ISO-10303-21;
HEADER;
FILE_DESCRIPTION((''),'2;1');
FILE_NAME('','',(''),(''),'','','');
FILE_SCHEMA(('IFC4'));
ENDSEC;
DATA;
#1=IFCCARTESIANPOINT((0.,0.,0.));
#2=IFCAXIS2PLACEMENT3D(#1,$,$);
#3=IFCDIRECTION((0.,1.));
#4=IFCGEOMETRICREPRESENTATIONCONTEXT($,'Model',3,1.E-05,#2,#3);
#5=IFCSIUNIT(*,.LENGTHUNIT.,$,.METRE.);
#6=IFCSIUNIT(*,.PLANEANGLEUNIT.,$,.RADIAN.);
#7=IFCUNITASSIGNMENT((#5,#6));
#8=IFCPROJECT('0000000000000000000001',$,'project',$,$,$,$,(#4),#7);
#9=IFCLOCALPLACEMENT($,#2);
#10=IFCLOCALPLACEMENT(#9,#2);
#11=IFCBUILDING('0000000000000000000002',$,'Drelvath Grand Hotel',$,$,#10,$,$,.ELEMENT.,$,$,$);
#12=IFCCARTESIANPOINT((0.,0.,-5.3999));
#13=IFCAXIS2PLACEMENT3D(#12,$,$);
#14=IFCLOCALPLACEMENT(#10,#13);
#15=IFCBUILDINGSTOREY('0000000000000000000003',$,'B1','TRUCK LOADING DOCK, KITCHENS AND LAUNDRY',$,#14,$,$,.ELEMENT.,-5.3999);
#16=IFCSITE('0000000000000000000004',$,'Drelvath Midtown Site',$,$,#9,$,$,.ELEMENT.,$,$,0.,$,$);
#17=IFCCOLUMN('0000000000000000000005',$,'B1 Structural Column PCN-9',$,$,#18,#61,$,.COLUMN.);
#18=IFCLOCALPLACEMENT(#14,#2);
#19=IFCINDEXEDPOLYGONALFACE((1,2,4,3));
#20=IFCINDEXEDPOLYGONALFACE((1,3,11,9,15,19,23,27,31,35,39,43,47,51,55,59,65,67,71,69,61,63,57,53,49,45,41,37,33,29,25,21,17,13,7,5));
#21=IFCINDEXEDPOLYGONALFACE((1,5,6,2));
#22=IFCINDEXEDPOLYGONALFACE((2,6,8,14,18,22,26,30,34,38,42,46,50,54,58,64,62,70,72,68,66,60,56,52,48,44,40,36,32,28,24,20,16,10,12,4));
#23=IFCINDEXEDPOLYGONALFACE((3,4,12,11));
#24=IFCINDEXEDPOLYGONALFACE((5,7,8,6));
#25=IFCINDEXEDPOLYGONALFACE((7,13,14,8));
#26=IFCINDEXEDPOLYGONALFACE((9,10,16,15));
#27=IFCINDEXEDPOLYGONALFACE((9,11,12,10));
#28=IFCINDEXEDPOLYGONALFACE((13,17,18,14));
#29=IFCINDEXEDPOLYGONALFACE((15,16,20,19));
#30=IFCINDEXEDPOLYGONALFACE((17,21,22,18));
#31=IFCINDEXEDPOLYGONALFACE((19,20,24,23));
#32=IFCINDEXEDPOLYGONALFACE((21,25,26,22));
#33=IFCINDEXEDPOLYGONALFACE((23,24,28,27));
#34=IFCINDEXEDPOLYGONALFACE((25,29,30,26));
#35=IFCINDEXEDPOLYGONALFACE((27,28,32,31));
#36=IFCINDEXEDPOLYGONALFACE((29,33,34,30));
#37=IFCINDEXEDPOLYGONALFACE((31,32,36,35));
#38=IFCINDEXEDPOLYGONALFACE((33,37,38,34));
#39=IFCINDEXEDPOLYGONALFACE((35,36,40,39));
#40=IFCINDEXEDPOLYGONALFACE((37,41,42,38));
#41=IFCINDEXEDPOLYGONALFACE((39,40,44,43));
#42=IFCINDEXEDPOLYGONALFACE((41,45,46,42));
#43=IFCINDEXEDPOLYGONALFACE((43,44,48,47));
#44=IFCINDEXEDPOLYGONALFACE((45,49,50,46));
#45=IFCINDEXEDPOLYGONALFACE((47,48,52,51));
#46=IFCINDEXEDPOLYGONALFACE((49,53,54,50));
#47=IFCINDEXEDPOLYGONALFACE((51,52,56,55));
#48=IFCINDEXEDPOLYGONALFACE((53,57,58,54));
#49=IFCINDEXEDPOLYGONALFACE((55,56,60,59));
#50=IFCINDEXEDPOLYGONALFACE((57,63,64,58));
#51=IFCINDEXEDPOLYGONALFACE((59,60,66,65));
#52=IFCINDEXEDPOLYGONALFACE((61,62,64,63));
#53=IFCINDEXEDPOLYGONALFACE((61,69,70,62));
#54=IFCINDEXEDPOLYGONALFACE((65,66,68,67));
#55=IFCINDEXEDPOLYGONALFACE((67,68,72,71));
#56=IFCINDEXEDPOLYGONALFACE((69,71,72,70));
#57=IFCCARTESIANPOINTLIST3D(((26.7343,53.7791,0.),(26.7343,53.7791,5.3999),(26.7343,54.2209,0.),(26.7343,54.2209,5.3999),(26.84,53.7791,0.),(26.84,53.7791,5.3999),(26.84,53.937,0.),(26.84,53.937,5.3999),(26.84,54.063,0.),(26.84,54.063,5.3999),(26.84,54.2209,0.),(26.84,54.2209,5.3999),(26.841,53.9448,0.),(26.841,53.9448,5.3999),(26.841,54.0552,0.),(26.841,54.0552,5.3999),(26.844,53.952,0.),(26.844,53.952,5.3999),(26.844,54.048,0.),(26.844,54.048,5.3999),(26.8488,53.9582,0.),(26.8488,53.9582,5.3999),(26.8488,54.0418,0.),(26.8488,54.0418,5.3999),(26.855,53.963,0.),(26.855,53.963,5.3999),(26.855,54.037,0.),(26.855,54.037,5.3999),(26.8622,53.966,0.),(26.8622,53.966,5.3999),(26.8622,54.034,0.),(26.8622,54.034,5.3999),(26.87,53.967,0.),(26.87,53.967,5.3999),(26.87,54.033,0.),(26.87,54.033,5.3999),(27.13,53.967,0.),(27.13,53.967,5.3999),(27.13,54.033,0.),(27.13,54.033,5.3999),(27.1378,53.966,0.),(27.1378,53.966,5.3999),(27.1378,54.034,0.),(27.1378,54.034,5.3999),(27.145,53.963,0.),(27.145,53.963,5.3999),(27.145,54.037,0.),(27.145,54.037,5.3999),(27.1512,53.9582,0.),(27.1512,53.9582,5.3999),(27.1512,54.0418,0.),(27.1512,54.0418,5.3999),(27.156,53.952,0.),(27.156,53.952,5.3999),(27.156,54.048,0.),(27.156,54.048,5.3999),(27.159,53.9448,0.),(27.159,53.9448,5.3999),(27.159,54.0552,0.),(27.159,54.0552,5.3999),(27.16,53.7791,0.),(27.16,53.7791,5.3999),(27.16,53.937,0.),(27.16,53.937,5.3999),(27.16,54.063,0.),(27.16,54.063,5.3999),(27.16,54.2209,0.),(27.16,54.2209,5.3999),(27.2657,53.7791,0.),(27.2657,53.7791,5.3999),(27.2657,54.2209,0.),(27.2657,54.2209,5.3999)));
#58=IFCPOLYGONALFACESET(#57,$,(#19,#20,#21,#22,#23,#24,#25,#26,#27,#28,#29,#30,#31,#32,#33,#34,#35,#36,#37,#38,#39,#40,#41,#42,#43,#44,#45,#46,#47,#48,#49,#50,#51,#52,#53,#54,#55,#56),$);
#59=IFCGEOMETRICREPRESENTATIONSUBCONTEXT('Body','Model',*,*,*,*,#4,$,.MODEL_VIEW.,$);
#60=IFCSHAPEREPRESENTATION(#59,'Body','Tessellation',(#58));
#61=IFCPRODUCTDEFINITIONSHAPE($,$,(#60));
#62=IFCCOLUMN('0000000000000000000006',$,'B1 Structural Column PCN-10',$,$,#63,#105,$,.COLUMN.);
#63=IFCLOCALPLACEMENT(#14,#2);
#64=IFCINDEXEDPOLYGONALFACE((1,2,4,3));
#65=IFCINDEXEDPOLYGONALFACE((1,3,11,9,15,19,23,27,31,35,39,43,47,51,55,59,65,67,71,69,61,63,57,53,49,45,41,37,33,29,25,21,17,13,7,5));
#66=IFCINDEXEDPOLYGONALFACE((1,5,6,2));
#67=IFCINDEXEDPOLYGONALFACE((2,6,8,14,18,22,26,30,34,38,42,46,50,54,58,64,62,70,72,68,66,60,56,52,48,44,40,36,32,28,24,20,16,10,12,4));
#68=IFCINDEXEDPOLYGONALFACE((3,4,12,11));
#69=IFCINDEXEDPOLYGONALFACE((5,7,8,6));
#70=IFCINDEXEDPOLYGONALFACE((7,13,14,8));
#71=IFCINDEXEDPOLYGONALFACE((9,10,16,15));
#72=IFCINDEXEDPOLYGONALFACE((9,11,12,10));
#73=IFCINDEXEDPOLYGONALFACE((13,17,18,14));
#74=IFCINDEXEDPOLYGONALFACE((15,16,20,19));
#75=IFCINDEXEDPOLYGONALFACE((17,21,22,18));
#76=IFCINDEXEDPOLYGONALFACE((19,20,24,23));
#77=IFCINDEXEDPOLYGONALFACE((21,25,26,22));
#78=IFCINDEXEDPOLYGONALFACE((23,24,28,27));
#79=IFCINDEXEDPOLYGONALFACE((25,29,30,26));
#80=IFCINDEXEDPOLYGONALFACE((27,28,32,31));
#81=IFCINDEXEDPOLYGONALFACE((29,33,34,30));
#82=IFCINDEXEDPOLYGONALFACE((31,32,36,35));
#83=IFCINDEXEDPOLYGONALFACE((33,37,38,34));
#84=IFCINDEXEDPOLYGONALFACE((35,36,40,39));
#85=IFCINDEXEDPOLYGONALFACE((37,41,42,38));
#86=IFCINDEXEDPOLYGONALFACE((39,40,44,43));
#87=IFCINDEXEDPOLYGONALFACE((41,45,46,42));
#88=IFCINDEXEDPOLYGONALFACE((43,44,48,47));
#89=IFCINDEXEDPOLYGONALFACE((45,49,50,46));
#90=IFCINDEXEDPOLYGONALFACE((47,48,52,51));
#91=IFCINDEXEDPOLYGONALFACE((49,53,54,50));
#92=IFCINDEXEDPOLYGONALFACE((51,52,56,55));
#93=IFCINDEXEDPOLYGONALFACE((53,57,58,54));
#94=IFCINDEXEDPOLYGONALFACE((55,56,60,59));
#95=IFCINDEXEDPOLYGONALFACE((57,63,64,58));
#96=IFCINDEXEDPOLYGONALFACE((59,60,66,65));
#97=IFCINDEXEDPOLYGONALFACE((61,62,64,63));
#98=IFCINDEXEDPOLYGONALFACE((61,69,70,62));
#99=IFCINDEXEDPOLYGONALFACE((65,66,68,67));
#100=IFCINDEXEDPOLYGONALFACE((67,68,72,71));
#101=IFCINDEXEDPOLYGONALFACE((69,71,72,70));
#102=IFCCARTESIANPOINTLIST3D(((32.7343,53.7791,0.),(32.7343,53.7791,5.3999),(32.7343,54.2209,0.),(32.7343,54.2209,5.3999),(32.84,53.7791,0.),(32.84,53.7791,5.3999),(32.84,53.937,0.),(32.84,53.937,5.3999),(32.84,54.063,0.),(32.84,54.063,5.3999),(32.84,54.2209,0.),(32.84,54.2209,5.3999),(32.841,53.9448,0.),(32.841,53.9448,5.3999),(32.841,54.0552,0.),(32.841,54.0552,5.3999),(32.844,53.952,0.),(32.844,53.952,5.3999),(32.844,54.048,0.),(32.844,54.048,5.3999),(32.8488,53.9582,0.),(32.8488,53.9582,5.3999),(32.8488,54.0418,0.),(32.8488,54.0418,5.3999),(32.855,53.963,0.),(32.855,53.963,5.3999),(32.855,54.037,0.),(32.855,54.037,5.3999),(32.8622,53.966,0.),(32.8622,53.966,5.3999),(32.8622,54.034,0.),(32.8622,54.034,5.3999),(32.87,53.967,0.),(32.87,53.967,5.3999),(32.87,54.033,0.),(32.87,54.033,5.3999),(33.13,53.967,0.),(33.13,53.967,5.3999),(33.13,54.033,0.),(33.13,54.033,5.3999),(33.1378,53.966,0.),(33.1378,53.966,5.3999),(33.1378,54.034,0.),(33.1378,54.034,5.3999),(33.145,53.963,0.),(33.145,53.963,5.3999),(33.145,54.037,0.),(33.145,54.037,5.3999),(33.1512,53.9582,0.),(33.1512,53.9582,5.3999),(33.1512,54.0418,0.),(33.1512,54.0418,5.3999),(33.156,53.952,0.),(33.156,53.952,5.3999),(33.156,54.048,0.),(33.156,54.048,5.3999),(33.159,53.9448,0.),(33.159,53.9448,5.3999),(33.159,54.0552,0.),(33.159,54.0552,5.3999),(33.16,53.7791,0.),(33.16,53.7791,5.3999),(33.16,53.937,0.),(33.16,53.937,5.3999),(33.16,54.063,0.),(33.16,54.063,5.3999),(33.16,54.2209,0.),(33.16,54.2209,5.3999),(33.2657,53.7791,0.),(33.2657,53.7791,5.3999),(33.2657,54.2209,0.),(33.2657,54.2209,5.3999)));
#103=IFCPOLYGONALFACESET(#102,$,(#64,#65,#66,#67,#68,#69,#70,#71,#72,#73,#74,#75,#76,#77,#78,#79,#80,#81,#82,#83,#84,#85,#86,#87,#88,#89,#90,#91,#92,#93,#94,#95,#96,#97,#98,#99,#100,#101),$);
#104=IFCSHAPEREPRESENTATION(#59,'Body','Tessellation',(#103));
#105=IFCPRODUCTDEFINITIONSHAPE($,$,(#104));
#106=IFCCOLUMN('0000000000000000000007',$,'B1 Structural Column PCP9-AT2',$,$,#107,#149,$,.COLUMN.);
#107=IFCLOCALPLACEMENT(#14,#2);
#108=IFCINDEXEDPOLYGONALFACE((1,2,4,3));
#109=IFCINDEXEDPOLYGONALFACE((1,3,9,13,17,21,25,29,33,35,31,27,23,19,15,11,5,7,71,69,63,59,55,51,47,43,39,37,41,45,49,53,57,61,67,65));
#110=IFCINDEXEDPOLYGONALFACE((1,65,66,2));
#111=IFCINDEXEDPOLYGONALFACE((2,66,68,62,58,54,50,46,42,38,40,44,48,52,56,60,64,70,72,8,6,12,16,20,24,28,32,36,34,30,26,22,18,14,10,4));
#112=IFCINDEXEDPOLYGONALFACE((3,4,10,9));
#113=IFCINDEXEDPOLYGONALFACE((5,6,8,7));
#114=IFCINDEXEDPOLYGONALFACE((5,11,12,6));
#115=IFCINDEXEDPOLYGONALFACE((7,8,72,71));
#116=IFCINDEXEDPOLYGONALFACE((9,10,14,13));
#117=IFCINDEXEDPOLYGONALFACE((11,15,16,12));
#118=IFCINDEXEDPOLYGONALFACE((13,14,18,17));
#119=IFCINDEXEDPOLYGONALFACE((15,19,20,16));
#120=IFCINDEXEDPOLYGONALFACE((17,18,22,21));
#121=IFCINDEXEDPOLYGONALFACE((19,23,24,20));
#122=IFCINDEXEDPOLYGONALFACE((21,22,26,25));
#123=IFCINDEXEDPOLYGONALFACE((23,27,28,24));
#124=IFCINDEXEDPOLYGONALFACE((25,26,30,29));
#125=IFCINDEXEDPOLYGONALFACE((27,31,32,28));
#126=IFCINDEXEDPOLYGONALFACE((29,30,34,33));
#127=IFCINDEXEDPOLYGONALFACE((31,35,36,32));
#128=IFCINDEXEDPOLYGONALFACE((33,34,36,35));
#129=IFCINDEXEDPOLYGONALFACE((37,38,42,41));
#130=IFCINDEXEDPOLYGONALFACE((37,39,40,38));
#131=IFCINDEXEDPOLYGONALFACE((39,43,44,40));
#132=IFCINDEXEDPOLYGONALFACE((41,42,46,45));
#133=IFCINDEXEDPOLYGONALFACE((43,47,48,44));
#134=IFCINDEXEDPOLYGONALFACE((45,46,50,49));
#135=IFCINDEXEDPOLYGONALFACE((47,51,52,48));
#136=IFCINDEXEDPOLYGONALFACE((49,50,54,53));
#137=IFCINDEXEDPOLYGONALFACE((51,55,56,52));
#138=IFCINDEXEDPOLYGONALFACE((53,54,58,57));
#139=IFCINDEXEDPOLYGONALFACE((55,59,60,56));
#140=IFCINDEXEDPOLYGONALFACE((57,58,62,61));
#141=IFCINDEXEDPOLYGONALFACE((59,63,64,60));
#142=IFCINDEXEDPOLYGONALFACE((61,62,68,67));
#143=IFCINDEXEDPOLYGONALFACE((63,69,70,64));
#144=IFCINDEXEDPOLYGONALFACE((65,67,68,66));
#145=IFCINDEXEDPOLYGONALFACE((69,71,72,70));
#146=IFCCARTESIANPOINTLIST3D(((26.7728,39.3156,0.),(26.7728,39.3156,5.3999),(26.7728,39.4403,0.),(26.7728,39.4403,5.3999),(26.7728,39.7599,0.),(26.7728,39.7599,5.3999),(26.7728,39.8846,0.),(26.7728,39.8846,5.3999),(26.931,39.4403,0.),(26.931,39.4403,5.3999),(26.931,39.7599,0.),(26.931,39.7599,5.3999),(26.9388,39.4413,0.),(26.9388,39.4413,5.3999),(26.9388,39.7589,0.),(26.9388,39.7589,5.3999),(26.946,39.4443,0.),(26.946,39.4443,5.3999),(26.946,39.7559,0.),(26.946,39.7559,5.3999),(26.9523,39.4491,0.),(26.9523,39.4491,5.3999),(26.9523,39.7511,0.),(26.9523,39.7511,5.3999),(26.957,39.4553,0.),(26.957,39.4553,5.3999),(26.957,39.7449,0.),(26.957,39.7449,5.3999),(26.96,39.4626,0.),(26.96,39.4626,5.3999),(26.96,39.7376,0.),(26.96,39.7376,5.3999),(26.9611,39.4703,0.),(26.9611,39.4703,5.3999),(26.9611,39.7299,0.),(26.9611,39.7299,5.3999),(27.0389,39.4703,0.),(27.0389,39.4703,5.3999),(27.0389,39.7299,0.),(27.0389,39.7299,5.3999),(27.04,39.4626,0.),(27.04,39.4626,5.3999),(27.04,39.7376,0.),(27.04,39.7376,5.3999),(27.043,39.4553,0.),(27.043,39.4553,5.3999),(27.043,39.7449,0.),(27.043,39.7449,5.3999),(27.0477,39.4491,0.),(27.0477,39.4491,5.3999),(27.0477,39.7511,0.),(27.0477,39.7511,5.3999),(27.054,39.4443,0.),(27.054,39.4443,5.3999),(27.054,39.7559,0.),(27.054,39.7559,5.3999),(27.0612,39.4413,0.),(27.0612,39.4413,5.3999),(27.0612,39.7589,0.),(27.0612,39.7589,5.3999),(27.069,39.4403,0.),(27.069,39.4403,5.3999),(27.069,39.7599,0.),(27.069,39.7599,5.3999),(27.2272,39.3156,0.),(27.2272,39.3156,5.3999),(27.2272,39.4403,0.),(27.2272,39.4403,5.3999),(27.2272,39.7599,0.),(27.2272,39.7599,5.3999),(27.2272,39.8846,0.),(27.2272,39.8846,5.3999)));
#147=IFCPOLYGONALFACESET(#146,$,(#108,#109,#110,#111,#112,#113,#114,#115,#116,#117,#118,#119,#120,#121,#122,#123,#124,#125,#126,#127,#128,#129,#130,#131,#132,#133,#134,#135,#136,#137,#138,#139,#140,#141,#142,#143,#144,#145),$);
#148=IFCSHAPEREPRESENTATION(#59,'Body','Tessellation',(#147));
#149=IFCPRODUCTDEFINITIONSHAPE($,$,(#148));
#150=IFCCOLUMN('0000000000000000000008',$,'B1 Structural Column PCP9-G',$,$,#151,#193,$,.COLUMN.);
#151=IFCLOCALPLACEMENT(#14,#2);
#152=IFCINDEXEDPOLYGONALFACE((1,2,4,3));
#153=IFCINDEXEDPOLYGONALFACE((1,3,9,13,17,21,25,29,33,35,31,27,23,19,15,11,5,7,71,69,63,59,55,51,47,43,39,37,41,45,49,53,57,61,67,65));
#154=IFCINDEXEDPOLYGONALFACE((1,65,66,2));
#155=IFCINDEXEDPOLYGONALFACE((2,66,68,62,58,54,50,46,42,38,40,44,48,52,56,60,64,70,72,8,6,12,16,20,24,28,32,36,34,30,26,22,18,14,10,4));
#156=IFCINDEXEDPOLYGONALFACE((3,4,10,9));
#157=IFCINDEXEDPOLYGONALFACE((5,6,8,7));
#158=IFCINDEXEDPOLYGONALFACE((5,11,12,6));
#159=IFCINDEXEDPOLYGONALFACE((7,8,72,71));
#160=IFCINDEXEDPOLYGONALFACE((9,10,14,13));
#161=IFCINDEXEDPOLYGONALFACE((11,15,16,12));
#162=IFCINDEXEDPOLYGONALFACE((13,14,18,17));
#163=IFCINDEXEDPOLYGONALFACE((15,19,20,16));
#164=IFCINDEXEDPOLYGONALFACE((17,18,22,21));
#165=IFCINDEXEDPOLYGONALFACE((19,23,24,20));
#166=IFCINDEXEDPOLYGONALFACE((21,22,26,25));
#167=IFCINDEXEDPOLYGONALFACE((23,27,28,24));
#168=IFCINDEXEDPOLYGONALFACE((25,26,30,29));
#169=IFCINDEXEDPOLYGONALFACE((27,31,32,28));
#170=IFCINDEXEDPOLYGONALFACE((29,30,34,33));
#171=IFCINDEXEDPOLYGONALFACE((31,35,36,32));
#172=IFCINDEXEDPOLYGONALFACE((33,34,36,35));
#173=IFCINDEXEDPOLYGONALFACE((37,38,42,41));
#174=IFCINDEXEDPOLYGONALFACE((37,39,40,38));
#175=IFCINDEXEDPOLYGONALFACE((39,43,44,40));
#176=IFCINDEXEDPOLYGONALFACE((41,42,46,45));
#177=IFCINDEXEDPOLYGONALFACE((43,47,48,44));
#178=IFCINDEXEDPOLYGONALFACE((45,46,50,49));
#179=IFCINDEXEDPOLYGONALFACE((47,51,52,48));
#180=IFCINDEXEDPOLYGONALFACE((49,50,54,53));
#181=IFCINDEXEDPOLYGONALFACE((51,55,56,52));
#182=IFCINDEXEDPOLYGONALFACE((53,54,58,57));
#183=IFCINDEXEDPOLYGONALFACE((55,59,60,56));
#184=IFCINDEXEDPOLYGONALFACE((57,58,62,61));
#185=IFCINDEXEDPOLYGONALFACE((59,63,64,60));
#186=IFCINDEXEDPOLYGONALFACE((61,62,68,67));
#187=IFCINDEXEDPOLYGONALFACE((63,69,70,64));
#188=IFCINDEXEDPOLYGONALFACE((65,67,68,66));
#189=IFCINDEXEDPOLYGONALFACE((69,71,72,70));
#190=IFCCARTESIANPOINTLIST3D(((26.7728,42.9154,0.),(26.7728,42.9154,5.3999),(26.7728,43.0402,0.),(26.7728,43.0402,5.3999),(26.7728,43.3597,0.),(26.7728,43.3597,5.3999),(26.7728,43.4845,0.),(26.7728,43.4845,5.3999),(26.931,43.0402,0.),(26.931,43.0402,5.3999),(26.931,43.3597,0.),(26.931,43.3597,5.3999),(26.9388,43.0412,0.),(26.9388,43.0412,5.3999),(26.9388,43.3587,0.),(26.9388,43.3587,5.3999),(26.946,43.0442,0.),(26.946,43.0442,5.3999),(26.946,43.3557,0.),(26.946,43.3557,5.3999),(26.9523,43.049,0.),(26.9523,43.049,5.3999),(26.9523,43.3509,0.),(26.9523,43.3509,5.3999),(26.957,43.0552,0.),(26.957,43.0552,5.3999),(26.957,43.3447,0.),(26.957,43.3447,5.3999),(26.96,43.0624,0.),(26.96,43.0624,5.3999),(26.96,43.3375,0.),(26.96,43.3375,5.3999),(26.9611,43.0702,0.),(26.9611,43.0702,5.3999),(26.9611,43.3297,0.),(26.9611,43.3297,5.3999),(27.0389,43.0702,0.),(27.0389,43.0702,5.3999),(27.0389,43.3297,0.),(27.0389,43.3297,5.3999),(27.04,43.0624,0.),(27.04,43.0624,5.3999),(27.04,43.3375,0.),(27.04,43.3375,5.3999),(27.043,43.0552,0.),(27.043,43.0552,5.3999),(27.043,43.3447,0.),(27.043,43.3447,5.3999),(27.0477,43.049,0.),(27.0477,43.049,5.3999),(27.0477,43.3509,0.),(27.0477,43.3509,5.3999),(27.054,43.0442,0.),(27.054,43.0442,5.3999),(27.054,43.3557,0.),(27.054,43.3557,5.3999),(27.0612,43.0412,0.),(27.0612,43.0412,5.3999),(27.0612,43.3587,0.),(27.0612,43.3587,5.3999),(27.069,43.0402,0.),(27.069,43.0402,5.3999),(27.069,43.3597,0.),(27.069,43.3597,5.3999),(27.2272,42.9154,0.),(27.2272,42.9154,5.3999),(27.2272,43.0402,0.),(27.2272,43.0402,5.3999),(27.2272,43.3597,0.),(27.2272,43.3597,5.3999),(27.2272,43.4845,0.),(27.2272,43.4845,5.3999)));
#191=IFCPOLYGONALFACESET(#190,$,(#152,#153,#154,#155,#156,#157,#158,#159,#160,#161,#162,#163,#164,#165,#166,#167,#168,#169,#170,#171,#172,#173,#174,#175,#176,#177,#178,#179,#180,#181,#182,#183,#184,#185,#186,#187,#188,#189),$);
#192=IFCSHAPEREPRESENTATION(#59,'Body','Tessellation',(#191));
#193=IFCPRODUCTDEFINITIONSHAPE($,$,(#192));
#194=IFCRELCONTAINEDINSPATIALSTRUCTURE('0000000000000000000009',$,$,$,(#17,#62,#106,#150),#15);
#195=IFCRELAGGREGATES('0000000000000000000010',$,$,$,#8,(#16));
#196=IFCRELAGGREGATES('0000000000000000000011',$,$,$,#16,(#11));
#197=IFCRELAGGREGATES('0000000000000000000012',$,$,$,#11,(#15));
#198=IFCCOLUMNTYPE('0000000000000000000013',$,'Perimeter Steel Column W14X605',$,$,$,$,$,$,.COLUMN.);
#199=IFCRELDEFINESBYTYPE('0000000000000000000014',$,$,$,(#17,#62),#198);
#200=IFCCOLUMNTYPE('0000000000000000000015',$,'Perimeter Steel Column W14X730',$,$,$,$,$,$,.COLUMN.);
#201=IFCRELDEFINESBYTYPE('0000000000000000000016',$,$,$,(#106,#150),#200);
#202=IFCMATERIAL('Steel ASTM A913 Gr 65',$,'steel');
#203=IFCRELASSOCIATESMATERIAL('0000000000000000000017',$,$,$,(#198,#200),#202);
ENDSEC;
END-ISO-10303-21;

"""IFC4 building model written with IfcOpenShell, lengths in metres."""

from ifc_helpers import new_model, si_unit, direction, frame, origin, origin_2d, place, context, subcontext, project, spatial, i_section, extrude, material, material_profile, profile_set, type_object, element, save


model = new_model("IFC4")

# Units and contexts
model_context = context("Model", 3, precision=1e-05, world=origin(), true_north=direction((0.0, 1.0)))
body_context = subcontext(model_context, "Body", "Model", "MODEL_VIEW")
ifc_project = project(units=[si_unit("LENGTHUNIT", "METRE"), si_unit("PLANEANGLEUNIT", "RADIAN")], contexts=[model_context])

# Site, building, storey
site_placement = place(None, origin())
site = spatial("IfcSite", under=ifc_project, at=site_placement, Name="Drelvath Midtown Site", CompositionType="ELEMENT", RefElevation=0.0)
building_placement = place(site_placement, origin())
building = spatial("IfcBuilding", under=site, at=building_placement, Name="Drelvath Grand Hotel", CompositionType="ELEMENT")
storey_placement = place(building_placement, frame((0.0, 0.0, -5.3999)))
storey = spatial("IfcBuildingStorey", under=building, at=storey_placement, Name="B1", Description="TRUCK LOADING DOCK, KITCHENS AND LAUNDRY", CompositionType="ELEMENT", Elevation=-5.3999)

# Columns
ifc_material_1 = material(Name="Steel ASTM A913 Gr 65", Category="steel")
ifc_material_profile_1 = material_profile(ifc_material_1, i_section(OverallWidth=0.4419, OverallDepth=0.5315, WebThickness=0.0659, FlangeThickness=0.1057, FilletRadius=0.03, at=origin_2d()), Name="W14X605")
ifc_profile_set_1 = profile_set([ifc_material_profile_1], Name="Steel ASTM A913 Gr 65")
column_type_1 = type_object("IfcColumnType", Name="Perimeter Steel Column W14X605", PredefinedType="COLUMN", material=ifc_profile_set_1)
for number, where, z_axis, x_axis, name in (
    (1, (27.0, 54.0, 0.0), (0.0, 0.0, 1.0), (0.0, 1.0, 0.0), "B1 Structural Column PCN-9"),
    (2, (33.0, 54.0, 0.0), (0.0, 0.0, 1.0), (0.0, 1.0, 0.0), "B1 Structural Column PCN-10"),
):
    element("IfcColumn", number, at=place(storey_placement, frame(where, z_axis=z_axis, x_axis=x_axis)), inside=storey, type_object=column_type_1, Name=name, PredefinedType="COLUMN", context=body_context, shape_type="SweptSolid", body=[
        extrude(i_section(OverallWidth=0.4419, OverallDepth=0.5315, WebThickness=0.0659, FlangeThickness=0.1057, FilletRadius=0.03, at=origin_2d()), origin(), (0.0, 0.0, 1.0), 5.3999),
    ])
ifc_material_profile_2 = material_profile(ifc_material_1, i_section(OverallWidth=0.4543, OverallDepth=0.5691, WebThickness=0.0779, FlangeThickness=0.1248, FilletRadius=0.03, at=origin_2d()), Name="W14X730")
ifc_profile_set_2 = profile_set([ifc_material_profile_2], Name="Steel ASTM A913 Gr 65")
column_type_2 = type_object("IfcColumnType", Name="Perimeter Steel Column W14X730", PredefinedType="COLUMN", material=ifc_profile_set_2)
for number, where, z_axis, x_axis, name in (
    (3, (27.0, 39.6001, 0.0), (0.0, 0.0, 1.0), (1.0, 0.0, 0.0), "B1 Structural Column PCP9-AT2"),
    (4, (27.0, 43.2, 0.0), (0.0, 0.0, 1.0), (1.0, 0.0, 0.0), "B1 Structural Column PCP9-G"),
):
    element("IfcColumn", number, at=place(storey_placement, frame(where, z_axis=z_axis, x_axis=x_axis)), inside=storey, type_object=column_type_2, Name=name, PredefinedType="COLUMN", context=body_context, shape_type="SweptSolid", body=[
        extrude(i_section(OverallWidth=0.4543, OverallDepth=0.5691, WebThickness=0.0779, FlangeThickness=0.1248, FilletRadius=0.03, at=origin_2d()), origin(), (0.0, 0.0, 1.0), 5.3999),
    ])

save(model, "model.ifc")
